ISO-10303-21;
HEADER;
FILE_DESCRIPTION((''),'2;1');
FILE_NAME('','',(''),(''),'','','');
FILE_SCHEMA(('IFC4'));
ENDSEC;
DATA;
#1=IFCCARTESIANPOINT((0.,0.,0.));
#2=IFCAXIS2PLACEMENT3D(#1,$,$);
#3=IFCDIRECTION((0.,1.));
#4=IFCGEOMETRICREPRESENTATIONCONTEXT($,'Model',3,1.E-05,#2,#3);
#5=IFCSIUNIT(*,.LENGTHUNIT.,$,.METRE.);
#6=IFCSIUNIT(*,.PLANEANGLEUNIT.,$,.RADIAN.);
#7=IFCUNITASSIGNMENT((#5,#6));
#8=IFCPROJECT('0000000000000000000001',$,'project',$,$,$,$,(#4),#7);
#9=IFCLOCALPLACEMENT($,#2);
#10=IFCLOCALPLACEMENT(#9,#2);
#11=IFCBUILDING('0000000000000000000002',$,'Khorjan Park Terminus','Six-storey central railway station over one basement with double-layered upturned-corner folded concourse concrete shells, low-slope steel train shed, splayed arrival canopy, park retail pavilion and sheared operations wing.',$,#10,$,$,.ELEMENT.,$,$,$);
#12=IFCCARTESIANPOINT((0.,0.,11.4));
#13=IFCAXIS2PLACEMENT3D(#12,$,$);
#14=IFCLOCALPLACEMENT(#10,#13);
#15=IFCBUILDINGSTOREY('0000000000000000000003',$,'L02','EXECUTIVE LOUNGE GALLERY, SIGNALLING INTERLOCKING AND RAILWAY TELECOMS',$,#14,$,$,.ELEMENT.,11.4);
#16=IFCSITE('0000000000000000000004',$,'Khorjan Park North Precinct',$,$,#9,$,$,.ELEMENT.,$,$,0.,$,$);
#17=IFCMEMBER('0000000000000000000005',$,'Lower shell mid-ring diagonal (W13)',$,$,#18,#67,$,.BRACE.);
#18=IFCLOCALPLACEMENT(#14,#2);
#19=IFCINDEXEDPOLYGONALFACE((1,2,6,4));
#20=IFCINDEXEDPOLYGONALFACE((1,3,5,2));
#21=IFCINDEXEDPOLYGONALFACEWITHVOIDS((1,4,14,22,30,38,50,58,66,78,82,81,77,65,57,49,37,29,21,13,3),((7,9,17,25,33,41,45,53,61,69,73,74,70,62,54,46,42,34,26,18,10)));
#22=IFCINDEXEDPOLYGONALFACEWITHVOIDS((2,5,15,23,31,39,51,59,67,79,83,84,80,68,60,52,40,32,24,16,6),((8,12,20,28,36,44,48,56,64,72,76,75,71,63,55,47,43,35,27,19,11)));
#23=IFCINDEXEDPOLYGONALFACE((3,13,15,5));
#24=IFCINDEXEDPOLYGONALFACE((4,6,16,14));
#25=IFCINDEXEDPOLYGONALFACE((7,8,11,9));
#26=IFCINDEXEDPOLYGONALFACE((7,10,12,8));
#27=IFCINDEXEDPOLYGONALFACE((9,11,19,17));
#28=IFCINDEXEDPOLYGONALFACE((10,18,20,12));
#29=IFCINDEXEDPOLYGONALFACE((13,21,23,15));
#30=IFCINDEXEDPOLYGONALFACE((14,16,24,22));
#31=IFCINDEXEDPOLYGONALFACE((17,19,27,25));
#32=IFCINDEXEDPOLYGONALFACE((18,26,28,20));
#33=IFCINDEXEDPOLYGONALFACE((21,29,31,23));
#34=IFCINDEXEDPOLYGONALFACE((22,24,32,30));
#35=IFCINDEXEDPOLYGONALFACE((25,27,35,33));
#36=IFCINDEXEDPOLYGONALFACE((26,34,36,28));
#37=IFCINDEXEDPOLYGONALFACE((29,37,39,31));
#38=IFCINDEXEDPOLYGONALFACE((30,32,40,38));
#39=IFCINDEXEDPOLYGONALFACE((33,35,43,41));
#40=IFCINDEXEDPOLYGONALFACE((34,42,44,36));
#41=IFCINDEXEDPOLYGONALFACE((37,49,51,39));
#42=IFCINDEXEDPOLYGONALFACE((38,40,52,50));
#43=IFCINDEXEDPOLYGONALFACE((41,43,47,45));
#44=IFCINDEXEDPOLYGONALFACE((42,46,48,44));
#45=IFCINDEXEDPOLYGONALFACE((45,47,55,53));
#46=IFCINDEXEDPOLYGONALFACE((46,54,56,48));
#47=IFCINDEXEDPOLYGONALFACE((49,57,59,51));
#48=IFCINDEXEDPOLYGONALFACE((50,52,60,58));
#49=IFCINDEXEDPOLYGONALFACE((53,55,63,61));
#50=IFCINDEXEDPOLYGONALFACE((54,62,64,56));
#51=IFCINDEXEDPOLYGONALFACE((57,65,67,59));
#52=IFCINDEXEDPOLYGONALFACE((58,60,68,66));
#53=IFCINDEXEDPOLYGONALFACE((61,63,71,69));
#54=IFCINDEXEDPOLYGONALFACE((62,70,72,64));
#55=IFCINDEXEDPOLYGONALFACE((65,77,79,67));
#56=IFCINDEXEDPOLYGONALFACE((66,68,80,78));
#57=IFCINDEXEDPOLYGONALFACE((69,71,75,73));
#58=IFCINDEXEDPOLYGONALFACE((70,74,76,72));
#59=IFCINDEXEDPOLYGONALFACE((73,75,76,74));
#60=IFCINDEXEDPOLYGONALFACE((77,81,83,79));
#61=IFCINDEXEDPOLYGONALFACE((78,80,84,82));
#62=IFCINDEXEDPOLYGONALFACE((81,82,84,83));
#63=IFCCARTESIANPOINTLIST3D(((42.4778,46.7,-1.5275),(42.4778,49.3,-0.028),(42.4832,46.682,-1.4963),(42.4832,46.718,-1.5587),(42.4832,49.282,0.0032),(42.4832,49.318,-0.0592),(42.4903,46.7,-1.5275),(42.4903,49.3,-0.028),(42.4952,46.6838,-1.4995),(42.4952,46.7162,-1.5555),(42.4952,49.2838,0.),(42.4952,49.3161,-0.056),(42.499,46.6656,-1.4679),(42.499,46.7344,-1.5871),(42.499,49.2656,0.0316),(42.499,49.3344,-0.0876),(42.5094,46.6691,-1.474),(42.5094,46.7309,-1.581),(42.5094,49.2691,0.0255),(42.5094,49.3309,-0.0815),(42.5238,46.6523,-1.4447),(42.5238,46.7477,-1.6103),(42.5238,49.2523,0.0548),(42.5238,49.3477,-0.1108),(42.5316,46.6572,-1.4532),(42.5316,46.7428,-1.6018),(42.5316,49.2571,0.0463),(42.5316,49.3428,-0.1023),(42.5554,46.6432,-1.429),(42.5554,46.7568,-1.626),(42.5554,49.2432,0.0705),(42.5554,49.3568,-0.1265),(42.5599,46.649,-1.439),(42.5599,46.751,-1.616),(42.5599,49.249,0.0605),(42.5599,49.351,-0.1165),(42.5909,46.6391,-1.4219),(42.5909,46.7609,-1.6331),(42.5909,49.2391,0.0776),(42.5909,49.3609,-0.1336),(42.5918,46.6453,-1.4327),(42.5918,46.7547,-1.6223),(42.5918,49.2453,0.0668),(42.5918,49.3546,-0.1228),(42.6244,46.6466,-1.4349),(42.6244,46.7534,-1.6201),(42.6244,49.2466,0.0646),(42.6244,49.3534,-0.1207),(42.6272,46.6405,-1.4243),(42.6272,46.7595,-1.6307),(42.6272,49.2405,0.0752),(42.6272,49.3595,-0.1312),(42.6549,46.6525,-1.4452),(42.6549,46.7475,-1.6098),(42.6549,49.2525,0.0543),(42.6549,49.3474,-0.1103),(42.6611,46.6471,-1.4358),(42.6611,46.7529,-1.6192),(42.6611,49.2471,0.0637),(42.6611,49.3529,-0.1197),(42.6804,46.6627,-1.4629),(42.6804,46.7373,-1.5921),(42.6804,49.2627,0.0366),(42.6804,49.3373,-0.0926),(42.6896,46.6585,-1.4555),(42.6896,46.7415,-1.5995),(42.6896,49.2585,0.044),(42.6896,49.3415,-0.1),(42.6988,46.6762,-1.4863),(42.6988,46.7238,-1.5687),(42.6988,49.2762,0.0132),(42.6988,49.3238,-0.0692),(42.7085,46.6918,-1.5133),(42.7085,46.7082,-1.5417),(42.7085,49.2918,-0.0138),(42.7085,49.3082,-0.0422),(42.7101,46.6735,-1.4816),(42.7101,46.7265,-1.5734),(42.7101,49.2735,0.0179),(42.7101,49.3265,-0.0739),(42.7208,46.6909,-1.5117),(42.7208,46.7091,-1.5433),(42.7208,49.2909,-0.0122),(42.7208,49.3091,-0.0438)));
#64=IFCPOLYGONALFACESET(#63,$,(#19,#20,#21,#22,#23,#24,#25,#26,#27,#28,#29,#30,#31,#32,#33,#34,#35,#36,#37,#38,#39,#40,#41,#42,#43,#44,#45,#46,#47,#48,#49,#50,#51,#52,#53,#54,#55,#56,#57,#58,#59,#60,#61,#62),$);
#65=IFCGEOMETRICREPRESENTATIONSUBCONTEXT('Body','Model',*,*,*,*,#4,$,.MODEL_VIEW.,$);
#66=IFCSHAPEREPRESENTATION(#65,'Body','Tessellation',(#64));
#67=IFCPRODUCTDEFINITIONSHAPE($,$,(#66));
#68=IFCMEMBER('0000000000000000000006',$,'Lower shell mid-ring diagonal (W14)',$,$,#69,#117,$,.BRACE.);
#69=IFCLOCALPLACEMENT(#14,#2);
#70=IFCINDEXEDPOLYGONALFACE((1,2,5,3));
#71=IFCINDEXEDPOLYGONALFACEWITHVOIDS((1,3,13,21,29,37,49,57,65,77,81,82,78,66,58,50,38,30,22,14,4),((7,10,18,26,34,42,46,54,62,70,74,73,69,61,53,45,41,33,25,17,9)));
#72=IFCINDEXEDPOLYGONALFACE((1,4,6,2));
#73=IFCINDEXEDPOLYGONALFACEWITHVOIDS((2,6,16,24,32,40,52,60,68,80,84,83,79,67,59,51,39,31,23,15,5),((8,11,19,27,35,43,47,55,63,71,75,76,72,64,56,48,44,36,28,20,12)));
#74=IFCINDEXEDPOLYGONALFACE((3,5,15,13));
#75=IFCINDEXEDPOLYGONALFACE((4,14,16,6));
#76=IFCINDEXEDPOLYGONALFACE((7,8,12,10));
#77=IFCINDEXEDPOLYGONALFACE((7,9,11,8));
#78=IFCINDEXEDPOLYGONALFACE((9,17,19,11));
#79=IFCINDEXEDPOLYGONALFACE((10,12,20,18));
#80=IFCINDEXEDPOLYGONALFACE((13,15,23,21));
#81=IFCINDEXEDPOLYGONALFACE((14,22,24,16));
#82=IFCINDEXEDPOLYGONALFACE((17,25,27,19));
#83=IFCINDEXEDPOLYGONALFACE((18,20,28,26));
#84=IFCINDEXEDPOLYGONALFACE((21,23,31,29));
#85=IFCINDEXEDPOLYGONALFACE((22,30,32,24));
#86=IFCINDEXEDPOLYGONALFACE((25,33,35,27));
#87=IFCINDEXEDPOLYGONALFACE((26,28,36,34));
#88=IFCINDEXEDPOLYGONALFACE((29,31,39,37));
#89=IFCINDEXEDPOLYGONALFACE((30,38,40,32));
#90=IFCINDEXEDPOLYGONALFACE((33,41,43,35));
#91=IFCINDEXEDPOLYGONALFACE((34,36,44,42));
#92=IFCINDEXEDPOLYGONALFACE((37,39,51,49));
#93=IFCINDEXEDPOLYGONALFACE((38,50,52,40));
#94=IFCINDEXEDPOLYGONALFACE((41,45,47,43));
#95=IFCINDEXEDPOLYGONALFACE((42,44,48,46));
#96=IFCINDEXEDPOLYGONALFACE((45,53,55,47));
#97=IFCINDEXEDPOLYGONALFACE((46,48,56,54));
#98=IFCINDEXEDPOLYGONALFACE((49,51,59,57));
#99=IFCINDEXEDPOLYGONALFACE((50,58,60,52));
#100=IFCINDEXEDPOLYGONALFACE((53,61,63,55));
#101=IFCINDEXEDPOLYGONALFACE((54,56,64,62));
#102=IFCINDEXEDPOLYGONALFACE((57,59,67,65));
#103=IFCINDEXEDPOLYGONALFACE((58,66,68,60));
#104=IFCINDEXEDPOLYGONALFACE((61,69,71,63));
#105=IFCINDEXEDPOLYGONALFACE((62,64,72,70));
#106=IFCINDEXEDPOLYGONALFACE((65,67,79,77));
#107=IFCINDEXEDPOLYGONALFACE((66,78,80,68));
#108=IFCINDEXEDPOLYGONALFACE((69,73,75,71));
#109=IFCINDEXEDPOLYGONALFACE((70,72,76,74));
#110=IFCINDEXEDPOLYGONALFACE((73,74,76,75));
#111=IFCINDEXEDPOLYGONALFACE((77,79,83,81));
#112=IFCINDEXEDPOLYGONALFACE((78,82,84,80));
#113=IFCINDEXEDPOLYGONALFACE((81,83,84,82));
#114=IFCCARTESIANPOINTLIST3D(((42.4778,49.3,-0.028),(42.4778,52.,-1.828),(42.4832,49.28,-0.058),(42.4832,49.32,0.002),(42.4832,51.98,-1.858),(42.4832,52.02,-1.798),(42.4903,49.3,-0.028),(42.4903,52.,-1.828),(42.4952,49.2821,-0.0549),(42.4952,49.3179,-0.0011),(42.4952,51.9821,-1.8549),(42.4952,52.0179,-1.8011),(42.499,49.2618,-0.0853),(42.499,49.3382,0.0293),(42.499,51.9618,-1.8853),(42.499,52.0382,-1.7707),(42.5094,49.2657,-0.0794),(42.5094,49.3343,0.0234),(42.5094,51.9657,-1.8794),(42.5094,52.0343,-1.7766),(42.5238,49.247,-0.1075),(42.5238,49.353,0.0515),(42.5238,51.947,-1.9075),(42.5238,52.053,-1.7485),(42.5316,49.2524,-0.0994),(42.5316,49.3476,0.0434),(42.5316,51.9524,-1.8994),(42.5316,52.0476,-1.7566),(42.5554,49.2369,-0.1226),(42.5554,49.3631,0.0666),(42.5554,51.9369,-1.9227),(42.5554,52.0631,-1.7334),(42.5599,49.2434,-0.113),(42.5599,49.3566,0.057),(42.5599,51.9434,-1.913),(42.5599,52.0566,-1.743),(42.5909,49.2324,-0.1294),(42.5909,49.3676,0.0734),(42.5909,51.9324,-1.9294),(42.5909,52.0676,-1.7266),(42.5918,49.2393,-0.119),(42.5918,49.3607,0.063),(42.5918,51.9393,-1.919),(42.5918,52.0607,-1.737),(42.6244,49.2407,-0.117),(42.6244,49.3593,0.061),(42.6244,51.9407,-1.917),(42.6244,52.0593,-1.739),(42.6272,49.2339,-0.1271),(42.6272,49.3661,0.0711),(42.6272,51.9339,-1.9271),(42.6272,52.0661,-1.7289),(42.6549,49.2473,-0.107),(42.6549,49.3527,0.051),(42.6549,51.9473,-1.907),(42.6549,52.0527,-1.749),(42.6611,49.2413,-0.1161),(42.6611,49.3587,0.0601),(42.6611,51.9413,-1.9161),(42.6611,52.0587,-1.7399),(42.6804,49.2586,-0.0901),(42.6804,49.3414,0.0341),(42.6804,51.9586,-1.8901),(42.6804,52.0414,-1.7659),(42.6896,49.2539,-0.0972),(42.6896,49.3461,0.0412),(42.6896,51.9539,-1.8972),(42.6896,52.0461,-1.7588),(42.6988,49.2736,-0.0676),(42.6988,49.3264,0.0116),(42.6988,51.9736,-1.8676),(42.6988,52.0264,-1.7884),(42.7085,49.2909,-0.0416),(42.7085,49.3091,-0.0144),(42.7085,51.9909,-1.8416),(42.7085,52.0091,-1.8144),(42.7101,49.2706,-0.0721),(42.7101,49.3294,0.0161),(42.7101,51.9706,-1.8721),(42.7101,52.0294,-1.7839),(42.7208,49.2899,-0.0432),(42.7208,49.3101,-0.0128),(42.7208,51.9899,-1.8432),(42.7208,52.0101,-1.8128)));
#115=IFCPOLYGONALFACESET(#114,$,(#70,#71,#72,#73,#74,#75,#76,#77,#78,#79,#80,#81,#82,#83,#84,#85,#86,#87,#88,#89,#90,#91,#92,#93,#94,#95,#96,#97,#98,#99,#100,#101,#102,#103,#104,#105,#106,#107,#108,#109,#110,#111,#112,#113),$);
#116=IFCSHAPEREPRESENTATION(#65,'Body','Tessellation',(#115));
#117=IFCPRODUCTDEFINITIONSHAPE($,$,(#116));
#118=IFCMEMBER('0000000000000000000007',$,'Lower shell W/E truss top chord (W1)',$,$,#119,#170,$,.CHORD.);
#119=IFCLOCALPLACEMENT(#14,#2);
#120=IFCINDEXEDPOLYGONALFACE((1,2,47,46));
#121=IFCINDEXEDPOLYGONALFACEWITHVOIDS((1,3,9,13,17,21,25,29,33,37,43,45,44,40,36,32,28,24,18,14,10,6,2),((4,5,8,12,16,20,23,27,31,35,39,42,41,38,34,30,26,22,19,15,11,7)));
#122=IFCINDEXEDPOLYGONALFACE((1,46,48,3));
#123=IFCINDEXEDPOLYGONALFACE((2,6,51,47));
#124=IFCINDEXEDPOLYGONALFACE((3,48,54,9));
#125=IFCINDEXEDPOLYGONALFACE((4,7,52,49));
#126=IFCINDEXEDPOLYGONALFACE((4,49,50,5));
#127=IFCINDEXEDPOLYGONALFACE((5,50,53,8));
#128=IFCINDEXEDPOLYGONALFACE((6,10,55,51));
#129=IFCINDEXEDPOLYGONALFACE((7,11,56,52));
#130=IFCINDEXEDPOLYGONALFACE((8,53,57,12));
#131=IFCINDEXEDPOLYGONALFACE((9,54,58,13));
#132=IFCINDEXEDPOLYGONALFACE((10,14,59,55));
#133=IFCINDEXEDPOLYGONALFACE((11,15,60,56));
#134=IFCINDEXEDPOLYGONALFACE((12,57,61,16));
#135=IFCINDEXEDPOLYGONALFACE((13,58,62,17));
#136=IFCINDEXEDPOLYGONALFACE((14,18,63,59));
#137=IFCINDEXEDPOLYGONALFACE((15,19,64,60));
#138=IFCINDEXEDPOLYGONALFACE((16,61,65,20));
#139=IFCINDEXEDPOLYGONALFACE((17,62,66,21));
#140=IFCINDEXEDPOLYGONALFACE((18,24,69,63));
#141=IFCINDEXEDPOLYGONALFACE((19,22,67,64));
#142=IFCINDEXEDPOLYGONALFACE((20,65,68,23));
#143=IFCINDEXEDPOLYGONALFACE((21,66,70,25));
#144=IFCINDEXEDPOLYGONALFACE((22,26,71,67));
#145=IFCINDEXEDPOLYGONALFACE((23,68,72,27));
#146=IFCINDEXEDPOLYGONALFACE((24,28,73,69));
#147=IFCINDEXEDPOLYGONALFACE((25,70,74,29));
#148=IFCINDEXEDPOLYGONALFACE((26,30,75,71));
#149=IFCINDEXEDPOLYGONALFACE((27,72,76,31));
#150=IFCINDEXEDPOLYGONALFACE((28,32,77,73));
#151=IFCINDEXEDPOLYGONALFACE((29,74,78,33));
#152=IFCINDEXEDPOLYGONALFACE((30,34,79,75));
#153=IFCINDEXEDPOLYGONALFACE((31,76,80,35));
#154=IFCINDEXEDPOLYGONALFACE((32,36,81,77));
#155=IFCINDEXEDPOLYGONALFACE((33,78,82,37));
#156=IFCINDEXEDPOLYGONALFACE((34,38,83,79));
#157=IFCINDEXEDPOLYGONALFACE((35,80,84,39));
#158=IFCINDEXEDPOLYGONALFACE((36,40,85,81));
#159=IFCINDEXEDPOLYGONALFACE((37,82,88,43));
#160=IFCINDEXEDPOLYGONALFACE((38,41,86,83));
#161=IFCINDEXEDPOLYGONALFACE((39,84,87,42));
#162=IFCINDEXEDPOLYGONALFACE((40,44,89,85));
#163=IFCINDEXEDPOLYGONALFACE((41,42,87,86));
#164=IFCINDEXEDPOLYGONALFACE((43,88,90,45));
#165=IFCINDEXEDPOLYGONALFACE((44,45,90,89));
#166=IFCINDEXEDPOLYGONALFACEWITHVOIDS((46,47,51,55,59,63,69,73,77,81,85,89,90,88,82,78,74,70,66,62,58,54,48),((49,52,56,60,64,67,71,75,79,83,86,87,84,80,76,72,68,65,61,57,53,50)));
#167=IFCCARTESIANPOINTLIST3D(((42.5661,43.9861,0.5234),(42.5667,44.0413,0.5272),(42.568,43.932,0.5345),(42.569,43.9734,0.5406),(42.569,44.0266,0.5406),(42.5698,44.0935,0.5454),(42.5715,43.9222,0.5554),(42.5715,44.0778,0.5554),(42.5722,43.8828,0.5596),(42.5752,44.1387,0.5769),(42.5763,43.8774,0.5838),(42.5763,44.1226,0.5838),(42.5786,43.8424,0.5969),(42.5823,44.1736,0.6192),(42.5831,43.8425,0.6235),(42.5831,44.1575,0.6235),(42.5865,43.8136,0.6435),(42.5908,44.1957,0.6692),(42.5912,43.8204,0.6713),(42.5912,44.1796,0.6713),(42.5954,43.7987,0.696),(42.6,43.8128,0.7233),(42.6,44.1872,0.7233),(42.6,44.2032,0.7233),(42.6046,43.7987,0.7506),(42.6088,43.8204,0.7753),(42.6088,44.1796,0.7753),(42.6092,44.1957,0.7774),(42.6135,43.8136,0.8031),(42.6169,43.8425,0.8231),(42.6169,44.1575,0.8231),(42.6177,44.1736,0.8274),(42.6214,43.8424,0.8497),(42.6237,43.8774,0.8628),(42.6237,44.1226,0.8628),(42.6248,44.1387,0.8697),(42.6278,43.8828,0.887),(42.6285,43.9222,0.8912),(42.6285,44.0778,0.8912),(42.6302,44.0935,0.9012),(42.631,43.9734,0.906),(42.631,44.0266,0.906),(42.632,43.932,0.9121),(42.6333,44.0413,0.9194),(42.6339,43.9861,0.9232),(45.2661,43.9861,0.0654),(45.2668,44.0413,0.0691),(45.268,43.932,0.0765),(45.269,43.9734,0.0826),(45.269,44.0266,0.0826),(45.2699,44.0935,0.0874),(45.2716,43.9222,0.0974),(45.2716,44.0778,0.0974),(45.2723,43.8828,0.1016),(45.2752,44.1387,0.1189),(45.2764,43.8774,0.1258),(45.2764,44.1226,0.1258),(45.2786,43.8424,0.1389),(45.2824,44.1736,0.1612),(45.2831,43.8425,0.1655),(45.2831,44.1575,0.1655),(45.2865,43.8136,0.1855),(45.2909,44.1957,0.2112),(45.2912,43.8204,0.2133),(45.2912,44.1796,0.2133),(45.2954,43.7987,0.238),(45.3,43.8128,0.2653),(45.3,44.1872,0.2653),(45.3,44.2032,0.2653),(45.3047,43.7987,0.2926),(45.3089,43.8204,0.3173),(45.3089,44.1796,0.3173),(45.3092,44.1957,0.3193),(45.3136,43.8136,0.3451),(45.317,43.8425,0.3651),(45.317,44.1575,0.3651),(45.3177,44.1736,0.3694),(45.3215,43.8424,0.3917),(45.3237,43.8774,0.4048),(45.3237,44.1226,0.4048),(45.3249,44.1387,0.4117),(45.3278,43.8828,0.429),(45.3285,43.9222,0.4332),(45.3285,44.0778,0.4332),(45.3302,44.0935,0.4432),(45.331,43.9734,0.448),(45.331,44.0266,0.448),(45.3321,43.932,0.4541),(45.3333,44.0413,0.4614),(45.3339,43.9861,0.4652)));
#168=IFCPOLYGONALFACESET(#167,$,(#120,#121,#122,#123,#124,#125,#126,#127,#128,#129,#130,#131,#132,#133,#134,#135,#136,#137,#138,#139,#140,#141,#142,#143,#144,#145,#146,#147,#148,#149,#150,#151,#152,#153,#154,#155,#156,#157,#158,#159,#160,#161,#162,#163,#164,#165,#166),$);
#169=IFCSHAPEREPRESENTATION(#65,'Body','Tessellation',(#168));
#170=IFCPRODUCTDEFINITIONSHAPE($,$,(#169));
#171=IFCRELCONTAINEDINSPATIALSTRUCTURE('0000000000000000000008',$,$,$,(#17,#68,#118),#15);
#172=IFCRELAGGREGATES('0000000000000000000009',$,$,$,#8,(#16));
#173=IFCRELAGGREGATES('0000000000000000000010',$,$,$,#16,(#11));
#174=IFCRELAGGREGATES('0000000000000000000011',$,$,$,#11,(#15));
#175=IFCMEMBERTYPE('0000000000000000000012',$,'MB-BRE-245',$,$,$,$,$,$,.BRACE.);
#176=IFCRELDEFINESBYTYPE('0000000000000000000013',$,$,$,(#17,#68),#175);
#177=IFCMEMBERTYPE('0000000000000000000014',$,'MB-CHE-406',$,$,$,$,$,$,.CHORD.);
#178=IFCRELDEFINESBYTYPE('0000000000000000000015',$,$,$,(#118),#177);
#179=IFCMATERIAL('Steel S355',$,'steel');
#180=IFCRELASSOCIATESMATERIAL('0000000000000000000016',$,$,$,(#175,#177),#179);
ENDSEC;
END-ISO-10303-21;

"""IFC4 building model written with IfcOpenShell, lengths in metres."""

from ifc_helpers import new_model, si_unit, direction, frame, origin, origin_2d, place, context, subcontext, project, spatial, hollow_circle, extrude, material, material_profile, profile_set, type_object, element, save


model = new_model("IFC4")

# Units and contexts
model_context = context("Model", 3, precision=1e-05, world=origin(), true_north=direction((0.0, 1.0)))
body_context = subcontext(model_context, "Body", "Model", "MODEL_VIEW")
ifc_project = project(units=[si_unit("LENGTHUNIT", "METRE"), si_unit("PLANEANGLEUNIT", "RADIAN")], contexts=[model_context])

# Site, building, storey
site_placement = place(None, origin())
site = spatial("IfcSite", under=ifc_project, at=site_placement, Name="Khorjan Park North Precinct", CompositionType="ELEMENT", RefElevation=0.0)
building_placement = place(site_placement, origin())
building = spatial("IfcBuilding", under=site, at=building_placement, Name="Khorjan Park Terminus", Description="Six-storey central railway station over one basement with double-layered upturned-corner folded concourse concrete shells, low-slope steel train shed, splayed arrival canopy, park retail pavilion and sheared operations wing.", CompositionType="ELEMENT")
storey_placement = place(building_placement, frame((0.0, 0.0, 11.4)))
storey = spatial("IfcBuildingStorey", under=building, at=storey_placement, Name="L02", Description="EXECUTIVE LOUNGE GALLERY, SIGNALLING INTERLOCKING AND RAILWAY TELECOMS", CompositionType="ELEMENT", Elevation=11.4)

# Members
ifc_material_1 = material(Name="Steel S355", Category="steel")
ifc_material_profile_1 = material_profile(ifc_material_1, hollow_circle(Radius=0.1222, WallThickness=0.0125, at=origin_2d()), Name="CHS 244.5x12.5")
ifc_profile_set_1 = profile_set([ifc_material_profile_1], Name="Steel S355")
member_type_1 = type_object("IfcMemberType", Name="MB-BRE-245", PredefinedType="BRACE", material=ifc_profile_set_1)
member_1_placement = place(storey_placement, frame((42.6, 46.7, -1.5275), z_axis=(0.0, 0.866258, 0.499597), x_axis=(-1.0, 0.0, 0.0)))
element("IfcMember", 1, at=member_1_placement, inside=storey, type_object=member_type_1, Name="Lower shell mid-ring diagonal (W13)", PredefinedType="BRACE", context=body_context, shape_type="SweptSolid", body=[
    extrude(hollow_circle(Radius=0.1222, WallThickness=0.0125, at=origin_2d()), origin(), (0.0, 0.0, 1.0), 3.0014),
])
member_2_placement = place(storey_placement, frame((42.6, 49.3, -0.028), z_axis=(0.0, 0.83205, -0.5547), x_axis=(-1.0, 0.0, 0.0)))
element("IfcMember", 2, at=member_2_placement, inside=storey, type_object=member_type_1, Name="Lower shell mid-ring diagonal (W14)", PredefinedType="BRACE", context=body_context, shape_type="SweptSolid", body=[
    extrude(hollow_circle(Radius=0.1222, WallThickness=0.0125, at=origin_2d()), origin(), (0.0, 0.0, 1.0), 3.245),
])
ifc_material_profile_2 = material_profile(ifc_material_1, hollow_circle(Radius=0.2032, WallThickness=0.016, at=origin_2d()), Name="CHS 406.4x16")
ifc_profile_set_2 = profile_set([ifc_material_profile_2], Name="Steel S355")
member_type_2 = type_object("IfcMemberType", Name="MB-CHE-406", PredefinedType="CHORD", material=ifc_profile_set_2)
for number, where, z_axis, x_axis, name in (
    (3, (42.6, 44.0, 0.7233), (0.985916, 0.0, -0.167241), (0.0, 1.0, 0.0), "Lower shell W/E truss top chord (W1)"),
):
    element("IfcMember", number, at=place(storey_placement, frame(where, z_axis=z_axis, x_axis=x_axis)), inside=storey, type_object=member_type_2, Name=name, PredefinedType="CHORD", context=body_context, shape_type="SweptSolid", body=[
        extrude(hollow_circle(Radius=0.2032, WallThickness=0.016, at=origin_2d()), origin(), (0.0, 0.0, 1.0), 2.7386),
    ])

save(model, "model.ifc")
